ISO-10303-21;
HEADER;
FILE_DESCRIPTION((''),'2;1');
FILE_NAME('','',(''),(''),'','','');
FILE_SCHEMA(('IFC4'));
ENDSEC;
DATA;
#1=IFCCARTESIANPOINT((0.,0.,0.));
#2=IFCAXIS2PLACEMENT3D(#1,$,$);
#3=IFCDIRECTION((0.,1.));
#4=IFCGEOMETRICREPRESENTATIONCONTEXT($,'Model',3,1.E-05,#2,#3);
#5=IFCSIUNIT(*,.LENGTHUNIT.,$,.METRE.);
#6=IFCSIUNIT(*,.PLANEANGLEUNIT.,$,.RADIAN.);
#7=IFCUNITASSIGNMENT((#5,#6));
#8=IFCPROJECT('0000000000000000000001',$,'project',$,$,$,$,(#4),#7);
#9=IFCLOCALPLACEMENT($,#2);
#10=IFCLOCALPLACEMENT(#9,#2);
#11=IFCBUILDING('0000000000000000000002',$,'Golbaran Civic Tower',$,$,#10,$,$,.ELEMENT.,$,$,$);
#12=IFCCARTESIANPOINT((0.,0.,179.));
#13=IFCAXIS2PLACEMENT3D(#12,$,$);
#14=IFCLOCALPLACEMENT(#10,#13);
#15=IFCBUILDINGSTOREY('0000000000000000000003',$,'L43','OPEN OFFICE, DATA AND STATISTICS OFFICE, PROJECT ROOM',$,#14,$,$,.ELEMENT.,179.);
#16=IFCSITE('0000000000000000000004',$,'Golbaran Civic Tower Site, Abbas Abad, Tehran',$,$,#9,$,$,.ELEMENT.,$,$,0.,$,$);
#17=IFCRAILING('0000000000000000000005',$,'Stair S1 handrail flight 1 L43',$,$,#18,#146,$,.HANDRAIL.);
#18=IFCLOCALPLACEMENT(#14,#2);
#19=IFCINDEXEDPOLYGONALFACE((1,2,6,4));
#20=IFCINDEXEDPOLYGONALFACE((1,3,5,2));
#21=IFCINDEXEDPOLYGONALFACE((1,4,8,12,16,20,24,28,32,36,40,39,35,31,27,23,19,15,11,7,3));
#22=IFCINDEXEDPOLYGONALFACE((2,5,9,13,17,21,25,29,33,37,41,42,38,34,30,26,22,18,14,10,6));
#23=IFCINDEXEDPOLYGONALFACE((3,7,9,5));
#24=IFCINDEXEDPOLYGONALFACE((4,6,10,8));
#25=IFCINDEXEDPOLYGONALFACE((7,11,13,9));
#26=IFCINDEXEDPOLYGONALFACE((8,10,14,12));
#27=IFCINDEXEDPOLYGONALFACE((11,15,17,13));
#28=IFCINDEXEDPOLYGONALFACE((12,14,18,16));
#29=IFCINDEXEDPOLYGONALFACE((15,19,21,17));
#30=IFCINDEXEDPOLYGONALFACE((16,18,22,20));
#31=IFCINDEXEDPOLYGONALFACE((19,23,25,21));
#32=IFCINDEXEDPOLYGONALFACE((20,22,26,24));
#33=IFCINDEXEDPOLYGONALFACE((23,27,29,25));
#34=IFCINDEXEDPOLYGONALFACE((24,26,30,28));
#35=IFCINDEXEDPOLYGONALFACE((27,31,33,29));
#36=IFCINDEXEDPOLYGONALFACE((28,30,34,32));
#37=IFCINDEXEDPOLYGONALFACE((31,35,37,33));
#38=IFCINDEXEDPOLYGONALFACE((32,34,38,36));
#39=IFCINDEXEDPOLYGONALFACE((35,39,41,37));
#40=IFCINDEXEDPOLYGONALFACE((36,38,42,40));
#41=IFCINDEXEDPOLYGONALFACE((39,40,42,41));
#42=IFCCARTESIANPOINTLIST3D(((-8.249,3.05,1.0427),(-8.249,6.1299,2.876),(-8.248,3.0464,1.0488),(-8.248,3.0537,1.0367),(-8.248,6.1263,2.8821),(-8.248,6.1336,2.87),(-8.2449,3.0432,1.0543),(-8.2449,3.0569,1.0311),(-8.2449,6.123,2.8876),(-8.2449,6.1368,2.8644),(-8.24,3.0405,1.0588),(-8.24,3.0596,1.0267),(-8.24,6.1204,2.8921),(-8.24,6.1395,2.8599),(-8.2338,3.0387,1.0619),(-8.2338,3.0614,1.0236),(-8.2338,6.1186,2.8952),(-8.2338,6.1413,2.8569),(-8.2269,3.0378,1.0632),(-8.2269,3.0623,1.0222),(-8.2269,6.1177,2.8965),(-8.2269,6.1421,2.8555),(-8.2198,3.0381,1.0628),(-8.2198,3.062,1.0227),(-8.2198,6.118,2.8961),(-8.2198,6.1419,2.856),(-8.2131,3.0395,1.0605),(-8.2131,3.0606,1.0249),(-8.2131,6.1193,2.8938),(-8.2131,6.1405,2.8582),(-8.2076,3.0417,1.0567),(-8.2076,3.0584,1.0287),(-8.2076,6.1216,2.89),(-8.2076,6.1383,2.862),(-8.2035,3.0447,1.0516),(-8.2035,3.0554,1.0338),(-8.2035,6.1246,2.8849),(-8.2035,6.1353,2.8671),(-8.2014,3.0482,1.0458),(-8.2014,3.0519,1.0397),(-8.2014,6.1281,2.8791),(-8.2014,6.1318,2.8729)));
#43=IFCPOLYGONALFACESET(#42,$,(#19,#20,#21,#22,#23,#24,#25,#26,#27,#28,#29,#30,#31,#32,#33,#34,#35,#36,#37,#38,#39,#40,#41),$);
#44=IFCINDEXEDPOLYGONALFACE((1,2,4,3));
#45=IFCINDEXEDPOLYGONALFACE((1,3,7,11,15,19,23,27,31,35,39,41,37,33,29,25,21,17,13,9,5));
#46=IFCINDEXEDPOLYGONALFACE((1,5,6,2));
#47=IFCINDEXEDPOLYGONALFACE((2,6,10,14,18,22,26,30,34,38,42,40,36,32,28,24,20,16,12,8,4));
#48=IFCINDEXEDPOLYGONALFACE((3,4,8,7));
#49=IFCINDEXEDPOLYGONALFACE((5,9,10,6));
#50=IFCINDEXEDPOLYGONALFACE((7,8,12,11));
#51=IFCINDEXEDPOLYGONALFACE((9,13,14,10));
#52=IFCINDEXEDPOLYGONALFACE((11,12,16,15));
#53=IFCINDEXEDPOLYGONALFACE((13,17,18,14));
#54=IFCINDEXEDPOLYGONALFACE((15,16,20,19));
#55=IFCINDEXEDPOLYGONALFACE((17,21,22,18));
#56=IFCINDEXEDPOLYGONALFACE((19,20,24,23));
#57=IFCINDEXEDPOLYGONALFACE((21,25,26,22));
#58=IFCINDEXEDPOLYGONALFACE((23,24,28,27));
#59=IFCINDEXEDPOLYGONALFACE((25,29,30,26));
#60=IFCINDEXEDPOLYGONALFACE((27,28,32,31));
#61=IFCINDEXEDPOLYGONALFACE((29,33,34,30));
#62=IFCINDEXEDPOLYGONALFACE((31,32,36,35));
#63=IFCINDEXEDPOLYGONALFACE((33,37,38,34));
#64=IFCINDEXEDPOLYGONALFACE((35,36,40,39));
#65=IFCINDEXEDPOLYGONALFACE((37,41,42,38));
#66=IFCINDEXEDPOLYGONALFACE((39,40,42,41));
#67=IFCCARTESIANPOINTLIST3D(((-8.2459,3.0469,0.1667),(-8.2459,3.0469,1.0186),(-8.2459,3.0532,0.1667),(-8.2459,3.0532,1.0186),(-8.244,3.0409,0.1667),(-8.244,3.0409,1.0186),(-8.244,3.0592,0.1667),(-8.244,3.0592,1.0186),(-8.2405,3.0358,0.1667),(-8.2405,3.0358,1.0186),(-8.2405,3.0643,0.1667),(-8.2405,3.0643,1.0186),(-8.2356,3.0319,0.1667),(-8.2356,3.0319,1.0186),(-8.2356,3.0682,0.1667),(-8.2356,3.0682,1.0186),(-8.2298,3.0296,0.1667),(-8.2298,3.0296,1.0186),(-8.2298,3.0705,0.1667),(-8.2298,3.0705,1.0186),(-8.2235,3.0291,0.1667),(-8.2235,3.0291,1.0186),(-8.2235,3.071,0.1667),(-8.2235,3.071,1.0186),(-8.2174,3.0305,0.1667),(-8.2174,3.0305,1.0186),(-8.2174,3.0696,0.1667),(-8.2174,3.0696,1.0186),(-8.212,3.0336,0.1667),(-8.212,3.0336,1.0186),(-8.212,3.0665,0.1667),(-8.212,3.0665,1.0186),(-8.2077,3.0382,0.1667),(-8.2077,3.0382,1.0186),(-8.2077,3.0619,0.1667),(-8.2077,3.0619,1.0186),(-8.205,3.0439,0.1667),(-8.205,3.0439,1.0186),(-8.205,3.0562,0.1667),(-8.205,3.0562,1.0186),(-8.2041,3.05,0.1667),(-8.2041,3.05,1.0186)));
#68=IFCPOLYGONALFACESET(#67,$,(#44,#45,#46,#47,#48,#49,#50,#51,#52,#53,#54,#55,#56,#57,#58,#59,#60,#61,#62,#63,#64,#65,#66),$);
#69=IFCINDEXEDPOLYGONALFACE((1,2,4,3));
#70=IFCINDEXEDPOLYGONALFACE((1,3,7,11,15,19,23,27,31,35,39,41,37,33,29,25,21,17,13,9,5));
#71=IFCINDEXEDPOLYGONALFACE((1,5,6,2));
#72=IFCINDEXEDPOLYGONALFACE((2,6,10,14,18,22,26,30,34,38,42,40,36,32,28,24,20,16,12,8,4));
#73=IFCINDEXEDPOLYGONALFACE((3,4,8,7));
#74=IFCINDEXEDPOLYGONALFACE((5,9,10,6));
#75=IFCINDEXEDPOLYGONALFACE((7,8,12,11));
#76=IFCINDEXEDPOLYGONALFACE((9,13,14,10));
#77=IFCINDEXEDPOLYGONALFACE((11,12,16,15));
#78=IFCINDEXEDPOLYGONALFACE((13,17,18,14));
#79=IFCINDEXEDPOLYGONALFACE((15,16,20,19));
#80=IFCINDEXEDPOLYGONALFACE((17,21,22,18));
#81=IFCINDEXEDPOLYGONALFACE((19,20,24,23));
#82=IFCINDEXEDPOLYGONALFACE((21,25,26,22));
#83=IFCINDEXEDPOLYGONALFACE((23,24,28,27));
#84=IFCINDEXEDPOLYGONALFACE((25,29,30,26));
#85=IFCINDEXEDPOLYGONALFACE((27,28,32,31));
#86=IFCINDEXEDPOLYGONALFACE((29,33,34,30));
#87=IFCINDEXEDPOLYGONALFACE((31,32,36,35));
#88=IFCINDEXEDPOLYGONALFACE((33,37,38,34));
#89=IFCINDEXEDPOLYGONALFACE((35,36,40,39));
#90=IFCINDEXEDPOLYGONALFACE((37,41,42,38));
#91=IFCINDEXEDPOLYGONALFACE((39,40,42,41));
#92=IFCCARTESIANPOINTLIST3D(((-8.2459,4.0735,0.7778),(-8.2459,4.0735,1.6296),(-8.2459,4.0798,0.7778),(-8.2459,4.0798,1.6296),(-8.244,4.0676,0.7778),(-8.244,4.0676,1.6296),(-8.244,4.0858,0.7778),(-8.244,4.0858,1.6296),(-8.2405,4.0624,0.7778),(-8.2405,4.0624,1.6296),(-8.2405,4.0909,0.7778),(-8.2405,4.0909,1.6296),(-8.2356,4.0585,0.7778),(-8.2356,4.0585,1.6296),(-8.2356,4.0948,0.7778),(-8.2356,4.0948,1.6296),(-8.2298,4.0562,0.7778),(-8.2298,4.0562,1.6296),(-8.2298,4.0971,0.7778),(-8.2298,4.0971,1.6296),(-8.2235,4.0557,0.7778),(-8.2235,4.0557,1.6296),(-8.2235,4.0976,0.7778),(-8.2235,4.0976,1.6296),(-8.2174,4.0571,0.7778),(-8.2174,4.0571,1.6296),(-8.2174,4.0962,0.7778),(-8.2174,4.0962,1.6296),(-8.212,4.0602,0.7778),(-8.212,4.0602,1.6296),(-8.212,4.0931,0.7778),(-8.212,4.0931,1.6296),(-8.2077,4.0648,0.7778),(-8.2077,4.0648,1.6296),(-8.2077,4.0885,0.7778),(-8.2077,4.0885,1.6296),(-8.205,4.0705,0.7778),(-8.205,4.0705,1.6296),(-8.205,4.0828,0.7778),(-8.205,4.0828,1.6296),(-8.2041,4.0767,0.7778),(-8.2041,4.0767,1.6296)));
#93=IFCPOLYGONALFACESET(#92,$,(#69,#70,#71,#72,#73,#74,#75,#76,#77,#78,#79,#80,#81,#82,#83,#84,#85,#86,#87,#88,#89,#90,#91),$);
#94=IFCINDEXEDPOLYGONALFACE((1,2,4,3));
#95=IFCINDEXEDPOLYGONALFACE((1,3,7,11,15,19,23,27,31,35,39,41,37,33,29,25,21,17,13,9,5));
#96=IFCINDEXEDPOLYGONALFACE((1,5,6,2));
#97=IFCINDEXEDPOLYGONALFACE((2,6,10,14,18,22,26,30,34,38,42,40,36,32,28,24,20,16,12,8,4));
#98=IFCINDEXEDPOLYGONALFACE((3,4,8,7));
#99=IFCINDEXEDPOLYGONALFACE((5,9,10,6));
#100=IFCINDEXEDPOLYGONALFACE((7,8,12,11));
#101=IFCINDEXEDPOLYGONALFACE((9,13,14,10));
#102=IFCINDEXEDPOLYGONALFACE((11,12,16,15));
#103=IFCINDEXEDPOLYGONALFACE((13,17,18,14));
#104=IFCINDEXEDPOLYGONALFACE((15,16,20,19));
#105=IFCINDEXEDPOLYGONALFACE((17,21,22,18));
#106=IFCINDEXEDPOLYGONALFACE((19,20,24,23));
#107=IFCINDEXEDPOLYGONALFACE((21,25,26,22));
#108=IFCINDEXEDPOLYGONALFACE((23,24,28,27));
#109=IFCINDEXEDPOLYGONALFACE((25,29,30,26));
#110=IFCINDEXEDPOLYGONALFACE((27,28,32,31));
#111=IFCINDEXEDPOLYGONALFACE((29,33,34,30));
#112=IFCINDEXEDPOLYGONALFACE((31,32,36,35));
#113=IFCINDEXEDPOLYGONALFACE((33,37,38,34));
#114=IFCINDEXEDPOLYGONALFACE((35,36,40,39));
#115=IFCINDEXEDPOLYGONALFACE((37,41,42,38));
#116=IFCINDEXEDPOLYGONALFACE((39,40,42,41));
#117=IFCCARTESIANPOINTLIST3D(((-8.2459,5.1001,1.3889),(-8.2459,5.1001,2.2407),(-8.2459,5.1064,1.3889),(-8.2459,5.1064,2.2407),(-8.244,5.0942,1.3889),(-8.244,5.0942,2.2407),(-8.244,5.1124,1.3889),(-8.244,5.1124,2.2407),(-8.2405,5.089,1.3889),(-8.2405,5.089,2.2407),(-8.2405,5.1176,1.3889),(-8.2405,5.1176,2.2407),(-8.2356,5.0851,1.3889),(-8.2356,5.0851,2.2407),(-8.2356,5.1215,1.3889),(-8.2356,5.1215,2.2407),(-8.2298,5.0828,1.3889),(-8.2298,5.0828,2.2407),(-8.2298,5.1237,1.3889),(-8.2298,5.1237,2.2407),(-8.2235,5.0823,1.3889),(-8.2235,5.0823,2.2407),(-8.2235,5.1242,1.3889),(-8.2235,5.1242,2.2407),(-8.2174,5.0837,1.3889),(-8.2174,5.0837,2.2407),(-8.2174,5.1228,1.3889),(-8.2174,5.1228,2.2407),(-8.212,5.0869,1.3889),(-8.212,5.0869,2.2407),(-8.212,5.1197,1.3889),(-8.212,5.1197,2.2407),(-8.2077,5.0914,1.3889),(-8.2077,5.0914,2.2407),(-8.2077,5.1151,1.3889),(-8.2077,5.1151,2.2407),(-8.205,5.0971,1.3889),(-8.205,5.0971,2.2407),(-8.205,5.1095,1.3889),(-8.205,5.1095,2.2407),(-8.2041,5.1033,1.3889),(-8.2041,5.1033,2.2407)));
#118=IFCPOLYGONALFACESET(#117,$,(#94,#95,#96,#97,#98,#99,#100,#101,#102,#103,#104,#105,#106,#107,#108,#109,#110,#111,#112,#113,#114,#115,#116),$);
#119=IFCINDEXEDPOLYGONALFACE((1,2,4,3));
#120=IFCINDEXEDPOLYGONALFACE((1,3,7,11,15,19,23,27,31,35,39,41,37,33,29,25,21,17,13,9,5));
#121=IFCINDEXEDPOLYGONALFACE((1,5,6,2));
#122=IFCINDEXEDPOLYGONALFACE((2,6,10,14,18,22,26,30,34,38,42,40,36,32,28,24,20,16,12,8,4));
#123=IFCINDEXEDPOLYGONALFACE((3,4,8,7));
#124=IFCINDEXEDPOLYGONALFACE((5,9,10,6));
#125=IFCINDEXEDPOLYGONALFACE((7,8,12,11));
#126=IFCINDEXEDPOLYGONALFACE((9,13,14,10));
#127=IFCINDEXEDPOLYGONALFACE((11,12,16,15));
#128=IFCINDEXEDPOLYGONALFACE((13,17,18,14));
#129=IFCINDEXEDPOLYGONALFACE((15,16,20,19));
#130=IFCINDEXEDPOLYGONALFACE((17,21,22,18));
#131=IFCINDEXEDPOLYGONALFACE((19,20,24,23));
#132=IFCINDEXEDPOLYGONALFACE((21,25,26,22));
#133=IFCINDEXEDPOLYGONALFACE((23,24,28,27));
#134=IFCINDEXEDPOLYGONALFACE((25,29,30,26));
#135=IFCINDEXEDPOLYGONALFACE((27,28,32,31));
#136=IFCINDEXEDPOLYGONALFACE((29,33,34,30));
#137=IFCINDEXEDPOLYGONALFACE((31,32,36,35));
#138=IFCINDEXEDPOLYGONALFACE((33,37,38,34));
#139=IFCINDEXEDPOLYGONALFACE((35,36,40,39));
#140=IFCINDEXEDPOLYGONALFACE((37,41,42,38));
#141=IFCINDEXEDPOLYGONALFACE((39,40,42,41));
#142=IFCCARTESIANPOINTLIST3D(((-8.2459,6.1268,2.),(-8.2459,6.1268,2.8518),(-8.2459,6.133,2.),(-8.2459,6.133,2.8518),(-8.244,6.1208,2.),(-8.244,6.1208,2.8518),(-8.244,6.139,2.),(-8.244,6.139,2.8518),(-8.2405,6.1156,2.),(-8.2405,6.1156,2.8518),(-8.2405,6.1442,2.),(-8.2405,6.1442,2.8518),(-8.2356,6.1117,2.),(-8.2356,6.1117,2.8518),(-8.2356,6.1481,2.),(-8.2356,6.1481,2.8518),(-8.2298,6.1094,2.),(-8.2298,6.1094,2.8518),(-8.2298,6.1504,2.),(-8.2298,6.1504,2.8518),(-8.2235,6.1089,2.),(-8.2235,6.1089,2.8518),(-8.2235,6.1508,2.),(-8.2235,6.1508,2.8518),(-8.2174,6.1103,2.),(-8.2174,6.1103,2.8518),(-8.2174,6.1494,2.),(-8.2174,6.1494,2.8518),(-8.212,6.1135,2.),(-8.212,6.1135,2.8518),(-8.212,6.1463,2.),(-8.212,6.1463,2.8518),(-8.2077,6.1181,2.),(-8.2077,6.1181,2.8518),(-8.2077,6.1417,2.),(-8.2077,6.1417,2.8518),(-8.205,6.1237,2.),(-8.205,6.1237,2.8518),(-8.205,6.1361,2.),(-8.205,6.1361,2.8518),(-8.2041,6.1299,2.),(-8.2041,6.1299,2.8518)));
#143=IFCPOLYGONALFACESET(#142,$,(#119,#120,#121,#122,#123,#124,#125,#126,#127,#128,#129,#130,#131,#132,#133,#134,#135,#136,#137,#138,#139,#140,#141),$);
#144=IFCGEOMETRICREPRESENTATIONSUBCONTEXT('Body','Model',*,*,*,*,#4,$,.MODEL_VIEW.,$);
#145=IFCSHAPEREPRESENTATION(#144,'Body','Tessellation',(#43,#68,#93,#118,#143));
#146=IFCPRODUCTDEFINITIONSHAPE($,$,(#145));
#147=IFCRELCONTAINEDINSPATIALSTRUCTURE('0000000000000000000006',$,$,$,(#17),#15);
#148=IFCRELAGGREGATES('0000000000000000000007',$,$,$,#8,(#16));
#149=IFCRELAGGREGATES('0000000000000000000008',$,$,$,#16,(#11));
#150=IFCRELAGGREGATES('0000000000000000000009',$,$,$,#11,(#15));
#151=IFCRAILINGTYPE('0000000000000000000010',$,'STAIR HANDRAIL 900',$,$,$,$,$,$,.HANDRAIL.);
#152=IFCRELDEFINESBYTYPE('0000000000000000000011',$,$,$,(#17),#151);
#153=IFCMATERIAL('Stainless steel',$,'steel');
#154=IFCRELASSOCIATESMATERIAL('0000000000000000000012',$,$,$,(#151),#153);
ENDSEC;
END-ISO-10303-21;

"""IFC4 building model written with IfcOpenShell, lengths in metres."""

from ifc_helpers import new_model, si_unit, direction, frame, origin, origin_2d, place, context, subcontext, project, spatial, circle, extrude, material, type_object, element, save


model = new_model("IFC4")

# Units and contexts
model_context = context("Model", 3, precision=1e-05, world=origin(), true_north=direction((0.0, 1.0)))
body_context = subcontext(model_context, "Body", "Model", "MODEL_VIEW")
ifc_project = project(units=[si_unit("LENGTHUNIT", "METRE"), si_unit("PLANEANGLEUNIT", "RADIAN")], contexts=[model_context])

# Site, building, storey
site_placement = place(None, origin())
site = spatial("IfcSite", under=ifc_project, at=site_placement, Name="Golbaran Civic Tower Site, Abbas Abad, Tehran", CompositionType="ELEMENT", RefElevation=0.0)
building_placement = place(site_placement, origin())
building = spatial("IfcBuilding", under=site, at=building_placement, Name="Golbaran Civic Tower", CompositionType="ELEMENT")
storey_placement = place(building_placement, frame((0.0, 0.0, 179.0)))
storey = spatial("IfcBuildingStorey", under=building, at=storey_placement, Name="L43", Description="OPEN OFFICE, DATA AND STATISTICS OFFICE, PROJECT ROOM", CompositionType="ELEMENT", Elevation=179.0)

# Shared definitions
ifc_material_1 = material(Name="Stainless steel", Category="steel")

# Railing
railing_type = type_object("IfcRailingType", Name="STAIR HANDRAIL 900", PredefinedType="HANDRAIL", material=ifc_material_1)
railing_1_placement = place(storey_placement, frame((-8.2251, 3.05, 0.1667)))
element("IfcRailing", 1, at=railing_1_placement, inside=storey, type_object=railing_type, Name="Stair S1 handrail flight 1 L43", PredefinedType="HANDRAIL", context=body_context, shape_type="SweptSolid", body=[
    extrude(circle(Radius=0.0239, at=origin_2d()), frame((0.0, 0.0, 0.876), z_axis=(0.0, 0.859291, 0.511487), x_axis=(-1.0, 0.0, 0.0)), (0.0, 0.0, 1.0), 3.5842),
    extrude(circle(Radius=0.021, at=origin_2d()), origin(), (0.0, 0.0, 1.0), 0.8518),
    extrude(circle(Radius=0.021, at=origin_2d()), frame((0.0, 1.0266, 0.6111)), (0.0, 0.0, 1.0), 0.8518),
    extrude(circle(Radius=0.021, at=origin_2d()), frame((0.0, 2.0532, 1.2222)), (0.0, 0.0, 1.0), 0.8518),
    extrude(circle(Radius=0.021, at=origin_2d()), frame((0.0, 3.0798, 1.8333)), (0.0, 0.0, 1.0), 0.8518),
])

save(model, "model.ifc")
